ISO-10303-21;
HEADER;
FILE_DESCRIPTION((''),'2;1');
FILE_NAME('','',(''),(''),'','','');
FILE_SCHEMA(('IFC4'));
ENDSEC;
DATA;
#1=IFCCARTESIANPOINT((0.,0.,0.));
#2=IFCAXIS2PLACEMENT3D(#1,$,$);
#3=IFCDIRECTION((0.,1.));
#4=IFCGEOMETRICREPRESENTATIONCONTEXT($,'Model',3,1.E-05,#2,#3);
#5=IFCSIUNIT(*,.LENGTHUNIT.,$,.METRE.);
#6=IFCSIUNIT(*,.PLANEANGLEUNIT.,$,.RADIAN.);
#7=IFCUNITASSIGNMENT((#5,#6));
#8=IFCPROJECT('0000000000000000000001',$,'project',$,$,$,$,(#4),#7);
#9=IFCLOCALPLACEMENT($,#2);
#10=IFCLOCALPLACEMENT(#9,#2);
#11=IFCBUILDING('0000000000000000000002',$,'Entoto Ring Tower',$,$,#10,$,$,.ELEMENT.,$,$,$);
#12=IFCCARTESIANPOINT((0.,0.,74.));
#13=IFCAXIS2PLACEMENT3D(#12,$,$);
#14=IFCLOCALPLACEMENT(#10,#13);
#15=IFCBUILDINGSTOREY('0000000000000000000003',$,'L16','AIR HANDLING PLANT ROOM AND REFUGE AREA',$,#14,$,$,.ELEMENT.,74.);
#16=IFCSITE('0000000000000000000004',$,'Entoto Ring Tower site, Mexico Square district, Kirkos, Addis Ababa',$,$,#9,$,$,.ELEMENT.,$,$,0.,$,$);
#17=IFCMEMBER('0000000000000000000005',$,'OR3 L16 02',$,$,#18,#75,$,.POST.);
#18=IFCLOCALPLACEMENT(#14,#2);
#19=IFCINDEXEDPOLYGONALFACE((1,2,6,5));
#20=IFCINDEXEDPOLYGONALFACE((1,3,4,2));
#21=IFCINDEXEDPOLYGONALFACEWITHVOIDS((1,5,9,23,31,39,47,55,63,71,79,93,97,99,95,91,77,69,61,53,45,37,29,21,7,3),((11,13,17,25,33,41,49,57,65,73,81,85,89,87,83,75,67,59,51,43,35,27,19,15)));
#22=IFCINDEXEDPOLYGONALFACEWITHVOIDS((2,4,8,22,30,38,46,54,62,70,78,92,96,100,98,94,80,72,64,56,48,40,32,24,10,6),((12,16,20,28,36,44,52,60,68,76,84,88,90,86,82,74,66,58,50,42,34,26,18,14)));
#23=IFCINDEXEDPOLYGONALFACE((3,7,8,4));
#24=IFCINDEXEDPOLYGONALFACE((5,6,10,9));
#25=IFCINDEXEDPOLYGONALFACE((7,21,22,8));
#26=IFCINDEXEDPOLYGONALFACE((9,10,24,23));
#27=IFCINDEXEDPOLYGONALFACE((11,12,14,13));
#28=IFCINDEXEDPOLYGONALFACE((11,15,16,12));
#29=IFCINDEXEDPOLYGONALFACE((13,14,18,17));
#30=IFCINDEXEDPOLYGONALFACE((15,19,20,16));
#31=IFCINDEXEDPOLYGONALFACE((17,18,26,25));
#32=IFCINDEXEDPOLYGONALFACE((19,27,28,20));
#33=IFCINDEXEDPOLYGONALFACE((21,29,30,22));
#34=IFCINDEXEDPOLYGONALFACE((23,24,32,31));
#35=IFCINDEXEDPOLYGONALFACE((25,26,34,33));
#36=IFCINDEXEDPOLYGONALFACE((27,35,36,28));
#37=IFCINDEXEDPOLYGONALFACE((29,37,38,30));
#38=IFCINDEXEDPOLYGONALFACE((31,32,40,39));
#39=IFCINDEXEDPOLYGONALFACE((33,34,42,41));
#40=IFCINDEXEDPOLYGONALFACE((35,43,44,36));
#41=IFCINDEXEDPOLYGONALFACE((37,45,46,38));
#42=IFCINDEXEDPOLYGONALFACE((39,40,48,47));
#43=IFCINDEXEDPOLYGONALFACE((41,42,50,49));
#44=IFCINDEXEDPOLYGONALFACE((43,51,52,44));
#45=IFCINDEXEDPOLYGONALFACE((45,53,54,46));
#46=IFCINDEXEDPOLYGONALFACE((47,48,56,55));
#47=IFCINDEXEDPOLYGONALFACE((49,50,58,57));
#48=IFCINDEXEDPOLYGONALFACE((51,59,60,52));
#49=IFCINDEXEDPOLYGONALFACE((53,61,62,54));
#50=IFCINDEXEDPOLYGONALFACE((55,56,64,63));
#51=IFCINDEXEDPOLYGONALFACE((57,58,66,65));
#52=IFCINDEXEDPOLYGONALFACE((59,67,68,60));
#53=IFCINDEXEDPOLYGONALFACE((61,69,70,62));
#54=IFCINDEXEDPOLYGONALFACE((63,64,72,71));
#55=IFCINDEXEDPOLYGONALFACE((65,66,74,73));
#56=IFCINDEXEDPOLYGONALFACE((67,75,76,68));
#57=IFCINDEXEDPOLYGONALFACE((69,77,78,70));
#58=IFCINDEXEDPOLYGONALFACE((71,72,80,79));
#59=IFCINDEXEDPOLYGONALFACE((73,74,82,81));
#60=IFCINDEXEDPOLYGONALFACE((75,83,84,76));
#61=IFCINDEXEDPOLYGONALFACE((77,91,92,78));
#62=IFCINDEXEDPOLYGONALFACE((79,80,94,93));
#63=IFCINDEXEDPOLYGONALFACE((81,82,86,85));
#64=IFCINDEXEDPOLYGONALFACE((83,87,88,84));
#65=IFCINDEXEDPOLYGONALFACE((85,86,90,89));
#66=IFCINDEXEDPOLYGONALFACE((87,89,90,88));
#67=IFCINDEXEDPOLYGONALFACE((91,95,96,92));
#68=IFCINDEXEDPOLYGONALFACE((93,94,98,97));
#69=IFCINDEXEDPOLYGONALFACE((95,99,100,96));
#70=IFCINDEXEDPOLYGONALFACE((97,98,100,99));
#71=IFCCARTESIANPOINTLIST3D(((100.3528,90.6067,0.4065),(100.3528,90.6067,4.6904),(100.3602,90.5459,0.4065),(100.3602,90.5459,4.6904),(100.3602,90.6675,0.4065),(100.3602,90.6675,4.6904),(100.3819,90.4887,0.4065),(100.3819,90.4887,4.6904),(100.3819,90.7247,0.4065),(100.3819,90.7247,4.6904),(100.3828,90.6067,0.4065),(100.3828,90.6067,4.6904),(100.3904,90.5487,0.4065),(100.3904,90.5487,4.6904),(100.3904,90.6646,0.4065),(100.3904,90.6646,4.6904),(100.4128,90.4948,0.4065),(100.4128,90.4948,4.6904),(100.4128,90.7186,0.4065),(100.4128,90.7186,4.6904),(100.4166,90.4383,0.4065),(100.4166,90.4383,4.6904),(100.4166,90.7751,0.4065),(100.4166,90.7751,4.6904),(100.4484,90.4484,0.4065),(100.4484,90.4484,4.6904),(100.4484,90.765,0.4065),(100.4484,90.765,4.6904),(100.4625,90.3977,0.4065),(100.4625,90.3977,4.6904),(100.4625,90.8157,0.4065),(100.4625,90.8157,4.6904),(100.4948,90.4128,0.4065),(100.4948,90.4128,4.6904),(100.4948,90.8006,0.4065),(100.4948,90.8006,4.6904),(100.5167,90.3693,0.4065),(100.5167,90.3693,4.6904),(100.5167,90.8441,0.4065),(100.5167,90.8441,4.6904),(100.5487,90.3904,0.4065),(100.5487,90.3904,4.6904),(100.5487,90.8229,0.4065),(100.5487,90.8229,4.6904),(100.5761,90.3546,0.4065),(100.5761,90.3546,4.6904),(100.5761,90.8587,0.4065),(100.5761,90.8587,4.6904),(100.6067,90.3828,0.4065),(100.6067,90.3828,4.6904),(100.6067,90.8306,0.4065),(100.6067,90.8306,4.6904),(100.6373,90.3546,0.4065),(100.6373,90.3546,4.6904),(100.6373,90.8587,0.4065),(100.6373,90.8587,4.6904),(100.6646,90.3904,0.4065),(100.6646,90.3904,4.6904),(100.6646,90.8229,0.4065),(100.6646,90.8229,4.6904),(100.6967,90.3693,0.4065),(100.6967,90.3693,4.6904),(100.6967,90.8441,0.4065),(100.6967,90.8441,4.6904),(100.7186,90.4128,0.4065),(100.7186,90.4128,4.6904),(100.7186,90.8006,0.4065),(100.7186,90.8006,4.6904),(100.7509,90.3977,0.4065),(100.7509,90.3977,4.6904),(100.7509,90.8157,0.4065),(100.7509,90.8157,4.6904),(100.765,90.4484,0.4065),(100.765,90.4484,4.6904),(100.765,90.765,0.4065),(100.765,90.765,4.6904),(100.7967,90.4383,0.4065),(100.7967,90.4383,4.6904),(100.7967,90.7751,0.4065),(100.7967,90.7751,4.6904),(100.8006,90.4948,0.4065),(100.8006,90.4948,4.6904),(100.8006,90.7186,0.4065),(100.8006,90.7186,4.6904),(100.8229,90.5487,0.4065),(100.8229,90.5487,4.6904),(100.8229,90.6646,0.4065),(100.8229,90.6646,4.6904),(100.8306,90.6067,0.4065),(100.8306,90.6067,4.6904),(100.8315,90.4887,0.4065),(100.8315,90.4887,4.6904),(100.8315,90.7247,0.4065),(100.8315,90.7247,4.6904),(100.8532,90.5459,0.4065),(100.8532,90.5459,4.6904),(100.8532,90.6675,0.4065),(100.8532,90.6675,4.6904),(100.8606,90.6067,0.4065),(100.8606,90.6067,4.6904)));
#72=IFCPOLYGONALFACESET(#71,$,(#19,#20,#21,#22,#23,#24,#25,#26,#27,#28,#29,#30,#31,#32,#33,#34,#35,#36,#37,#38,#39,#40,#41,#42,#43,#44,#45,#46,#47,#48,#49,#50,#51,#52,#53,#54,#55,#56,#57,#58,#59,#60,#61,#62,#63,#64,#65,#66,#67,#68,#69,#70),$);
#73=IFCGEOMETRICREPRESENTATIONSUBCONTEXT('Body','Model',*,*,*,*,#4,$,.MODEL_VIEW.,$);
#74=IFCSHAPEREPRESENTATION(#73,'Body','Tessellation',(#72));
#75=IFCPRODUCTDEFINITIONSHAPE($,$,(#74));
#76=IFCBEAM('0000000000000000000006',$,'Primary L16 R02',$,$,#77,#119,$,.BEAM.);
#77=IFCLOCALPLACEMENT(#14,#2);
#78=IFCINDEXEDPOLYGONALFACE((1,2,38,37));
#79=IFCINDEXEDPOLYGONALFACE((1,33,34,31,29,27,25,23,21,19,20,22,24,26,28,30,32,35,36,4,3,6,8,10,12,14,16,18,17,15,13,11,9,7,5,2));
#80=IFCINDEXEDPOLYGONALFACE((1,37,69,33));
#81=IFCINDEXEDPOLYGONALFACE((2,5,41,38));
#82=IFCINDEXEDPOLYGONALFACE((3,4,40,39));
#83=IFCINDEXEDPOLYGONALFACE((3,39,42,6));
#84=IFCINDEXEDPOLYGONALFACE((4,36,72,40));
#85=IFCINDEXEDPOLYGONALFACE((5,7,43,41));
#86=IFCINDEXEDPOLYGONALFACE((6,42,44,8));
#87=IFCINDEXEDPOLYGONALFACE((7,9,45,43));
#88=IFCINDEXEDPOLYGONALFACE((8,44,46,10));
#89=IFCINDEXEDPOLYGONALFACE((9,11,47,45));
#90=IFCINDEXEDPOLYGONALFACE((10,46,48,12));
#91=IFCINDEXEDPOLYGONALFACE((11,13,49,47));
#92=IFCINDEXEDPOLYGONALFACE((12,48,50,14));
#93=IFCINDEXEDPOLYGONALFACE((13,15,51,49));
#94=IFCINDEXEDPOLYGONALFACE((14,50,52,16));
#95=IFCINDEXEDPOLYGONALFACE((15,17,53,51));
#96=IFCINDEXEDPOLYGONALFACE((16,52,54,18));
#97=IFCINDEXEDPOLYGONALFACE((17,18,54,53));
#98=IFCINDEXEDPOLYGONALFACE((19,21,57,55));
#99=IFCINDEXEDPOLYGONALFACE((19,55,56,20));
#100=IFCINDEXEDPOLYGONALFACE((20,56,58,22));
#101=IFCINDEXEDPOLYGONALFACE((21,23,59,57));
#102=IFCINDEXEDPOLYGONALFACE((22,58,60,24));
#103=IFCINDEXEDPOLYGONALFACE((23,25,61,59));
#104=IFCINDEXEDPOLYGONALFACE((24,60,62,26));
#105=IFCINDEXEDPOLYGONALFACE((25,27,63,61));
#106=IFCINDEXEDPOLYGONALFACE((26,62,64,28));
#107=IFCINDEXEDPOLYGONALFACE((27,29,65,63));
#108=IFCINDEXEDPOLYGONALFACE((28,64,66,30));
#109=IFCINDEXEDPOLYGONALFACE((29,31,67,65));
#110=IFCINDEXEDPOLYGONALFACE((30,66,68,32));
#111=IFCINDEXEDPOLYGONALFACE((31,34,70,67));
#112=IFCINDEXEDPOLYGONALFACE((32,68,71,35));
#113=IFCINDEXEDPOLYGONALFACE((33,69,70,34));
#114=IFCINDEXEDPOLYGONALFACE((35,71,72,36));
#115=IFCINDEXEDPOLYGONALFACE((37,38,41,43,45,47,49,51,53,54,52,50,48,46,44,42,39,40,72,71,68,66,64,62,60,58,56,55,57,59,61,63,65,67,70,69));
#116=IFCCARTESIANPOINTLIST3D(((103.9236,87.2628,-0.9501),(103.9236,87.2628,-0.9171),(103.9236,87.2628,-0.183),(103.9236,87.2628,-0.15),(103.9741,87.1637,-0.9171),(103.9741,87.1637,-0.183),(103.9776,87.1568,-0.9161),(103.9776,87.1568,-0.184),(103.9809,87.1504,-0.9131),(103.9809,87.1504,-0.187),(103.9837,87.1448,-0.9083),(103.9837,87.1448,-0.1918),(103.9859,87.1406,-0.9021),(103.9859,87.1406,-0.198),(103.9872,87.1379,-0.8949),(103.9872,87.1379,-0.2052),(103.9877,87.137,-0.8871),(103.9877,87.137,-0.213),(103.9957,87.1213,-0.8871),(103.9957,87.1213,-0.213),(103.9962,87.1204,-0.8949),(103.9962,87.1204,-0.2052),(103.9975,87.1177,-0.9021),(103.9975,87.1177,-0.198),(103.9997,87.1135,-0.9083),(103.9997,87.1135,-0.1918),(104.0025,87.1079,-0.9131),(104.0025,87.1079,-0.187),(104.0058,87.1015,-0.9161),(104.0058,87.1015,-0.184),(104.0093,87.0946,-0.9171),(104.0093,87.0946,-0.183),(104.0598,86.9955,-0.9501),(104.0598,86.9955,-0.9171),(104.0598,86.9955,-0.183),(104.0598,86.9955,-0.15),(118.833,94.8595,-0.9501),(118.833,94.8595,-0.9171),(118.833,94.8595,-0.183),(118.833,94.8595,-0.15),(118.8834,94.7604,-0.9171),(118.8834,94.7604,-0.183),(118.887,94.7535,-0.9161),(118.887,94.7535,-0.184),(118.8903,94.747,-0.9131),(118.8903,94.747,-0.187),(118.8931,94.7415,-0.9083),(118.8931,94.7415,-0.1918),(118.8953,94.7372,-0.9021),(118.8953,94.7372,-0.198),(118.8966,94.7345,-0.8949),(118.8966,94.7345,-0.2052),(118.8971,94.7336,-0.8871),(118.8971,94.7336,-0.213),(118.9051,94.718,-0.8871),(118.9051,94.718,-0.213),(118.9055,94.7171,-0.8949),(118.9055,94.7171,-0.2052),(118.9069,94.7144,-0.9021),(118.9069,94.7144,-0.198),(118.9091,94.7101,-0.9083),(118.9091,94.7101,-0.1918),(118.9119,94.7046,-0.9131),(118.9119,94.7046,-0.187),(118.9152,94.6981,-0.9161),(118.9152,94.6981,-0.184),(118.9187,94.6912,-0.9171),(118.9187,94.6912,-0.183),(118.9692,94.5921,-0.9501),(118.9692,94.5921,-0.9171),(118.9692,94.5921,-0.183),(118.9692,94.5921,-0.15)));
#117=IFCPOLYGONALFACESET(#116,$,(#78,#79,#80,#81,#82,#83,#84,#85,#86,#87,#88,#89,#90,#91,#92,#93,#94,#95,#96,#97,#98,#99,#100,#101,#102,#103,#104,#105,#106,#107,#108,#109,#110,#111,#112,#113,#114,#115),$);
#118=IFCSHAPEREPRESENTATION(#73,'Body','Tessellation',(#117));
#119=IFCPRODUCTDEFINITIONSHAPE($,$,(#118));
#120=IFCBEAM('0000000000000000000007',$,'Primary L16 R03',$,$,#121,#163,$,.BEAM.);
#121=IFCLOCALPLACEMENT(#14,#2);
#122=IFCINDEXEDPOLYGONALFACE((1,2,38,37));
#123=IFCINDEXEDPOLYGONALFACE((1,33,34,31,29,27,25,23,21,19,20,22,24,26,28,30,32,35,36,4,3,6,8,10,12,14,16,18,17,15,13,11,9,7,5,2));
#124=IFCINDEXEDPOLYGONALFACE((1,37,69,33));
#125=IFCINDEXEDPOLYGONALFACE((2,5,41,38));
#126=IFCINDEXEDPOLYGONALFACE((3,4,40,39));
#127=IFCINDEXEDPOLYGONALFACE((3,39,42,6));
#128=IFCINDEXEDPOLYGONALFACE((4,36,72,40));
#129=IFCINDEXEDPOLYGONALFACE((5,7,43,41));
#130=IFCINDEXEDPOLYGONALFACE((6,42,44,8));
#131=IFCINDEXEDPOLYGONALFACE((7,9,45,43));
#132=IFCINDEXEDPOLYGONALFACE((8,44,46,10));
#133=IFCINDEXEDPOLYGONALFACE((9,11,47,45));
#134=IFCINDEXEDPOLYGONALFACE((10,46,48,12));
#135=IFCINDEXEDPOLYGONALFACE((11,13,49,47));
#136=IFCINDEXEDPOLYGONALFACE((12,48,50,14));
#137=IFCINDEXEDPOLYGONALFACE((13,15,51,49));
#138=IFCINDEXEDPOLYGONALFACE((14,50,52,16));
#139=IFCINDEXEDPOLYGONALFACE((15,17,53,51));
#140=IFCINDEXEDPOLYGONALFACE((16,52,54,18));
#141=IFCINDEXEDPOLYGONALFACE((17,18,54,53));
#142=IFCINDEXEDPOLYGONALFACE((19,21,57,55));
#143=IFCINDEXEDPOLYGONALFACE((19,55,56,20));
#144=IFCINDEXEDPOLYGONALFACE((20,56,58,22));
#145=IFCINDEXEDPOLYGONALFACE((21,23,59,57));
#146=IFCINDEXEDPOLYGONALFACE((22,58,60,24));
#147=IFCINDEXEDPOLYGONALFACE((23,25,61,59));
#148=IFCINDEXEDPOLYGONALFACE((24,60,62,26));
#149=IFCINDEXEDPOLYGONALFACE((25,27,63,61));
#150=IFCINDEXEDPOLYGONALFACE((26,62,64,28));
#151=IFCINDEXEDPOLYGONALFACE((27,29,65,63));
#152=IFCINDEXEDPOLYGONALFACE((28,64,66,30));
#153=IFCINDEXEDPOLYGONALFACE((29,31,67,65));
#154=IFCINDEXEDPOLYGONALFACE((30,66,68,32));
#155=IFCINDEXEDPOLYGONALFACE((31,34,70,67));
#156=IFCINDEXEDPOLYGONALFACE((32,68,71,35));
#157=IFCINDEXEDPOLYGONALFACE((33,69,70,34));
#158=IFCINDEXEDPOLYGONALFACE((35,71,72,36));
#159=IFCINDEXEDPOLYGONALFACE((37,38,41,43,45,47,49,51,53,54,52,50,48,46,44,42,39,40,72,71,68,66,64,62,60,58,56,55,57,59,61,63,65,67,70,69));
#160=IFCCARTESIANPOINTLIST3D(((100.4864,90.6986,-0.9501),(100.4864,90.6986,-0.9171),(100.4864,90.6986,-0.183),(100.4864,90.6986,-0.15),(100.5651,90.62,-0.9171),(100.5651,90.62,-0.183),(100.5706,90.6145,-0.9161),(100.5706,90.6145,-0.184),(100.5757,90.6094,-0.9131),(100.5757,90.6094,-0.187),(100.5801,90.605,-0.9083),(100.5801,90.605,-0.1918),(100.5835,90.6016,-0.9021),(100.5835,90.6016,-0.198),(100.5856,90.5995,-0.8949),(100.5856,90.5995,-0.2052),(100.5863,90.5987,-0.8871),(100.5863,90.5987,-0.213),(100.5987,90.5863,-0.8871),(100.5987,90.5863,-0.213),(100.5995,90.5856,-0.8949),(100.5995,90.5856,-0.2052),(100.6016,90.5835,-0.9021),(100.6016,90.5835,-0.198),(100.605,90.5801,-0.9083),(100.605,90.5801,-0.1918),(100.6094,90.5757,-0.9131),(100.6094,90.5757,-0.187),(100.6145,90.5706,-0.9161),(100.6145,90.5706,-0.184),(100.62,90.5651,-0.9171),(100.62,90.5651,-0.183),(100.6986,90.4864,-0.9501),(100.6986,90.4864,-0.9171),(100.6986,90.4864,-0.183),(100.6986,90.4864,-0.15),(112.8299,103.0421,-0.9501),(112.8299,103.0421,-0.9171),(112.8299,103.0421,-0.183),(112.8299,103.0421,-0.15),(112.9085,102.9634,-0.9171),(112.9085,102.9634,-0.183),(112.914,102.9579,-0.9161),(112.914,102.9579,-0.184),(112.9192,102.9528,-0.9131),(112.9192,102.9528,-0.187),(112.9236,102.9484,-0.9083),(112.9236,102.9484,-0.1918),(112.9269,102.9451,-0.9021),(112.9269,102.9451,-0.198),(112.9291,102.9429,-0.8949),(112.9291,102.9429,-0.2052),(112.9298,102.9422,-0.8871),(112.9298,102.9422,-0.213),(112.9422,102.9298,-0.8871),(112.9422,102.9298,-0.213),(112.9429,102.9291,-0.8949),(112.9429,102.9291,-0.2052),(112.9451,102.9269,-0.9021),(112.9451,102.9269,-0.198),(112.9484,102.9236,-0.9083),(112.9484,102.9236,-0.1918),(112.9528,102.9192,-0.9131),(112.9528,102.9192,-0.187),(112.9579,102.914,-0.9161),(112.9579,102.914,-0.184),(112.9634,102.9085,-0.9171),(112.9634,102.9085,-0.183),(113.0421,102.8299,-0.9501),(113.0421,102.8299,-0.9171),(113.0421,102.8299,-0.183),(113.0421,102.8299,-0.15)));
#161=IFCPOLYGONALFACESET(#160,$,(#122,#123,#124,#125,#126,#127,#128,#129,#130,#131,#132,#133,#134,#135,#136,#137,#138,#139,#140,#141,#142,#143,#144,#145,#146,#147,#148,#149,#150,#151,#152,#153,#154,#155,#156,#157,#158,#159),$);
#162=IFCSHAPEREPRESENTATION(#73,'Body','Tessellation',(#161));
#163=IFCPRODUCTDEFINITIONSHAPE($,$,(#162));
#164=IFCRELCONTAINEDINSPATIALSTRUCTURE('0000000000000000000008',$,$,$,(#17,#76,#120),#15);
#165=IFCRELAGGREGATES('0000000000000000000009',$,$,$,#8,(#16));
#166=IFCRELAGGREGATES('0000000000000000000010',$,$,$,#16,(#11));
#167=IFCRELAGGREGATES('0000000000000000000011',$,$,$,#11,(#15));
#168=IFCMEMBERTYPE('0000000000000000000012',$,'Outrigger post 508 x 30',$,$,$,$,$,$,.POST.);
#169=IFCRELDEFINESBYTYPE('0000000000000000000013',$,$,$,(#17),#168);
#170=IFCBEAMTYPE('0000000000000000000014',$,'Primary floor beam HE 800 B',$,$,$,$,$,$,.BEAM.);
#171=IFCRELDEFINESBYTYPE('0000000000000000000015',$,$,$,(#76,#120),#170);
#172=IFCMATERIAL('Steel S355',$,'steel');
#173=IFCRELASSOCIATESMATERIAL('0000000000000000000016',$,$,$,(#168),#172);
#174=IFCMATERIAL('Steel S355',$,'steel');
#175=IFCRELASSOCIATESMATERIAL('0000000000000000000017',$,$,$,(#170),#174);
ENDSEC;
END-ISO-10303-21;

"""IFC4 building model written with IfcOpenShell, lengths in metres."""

from ifc_helpers import new_model, si_unit, direction, frame, origin, origin_2d, place, context, subcontext, project, spatial, circle, hollow_circle, i_section, extrude, material, material_profile, profile_set, type_object, element, save


model = new_model("IFC4")

# Units and contexts
model_context = context("Model", 3, precision=1e-05, world=origin(), true_north=direction((0.0, 1.0)))
body_context = subcontext(model_context, "Body", "Model", "MODEL_VIEW")
ifc_project = project(units=[si_unit("LENGTHUNIT", "METRE"), si_unit("PLANEANGLEUNIT", "RADIAN")], contexts=[model_context])

# Site, building, storey
site_placement = place(None, origin())
site = spatial("IfcSite", under=ifc_project, at=site_placement, Name="Entoto Ring Tower site, Mexico Square district, Kirkos, Addis Ababa", CompositionType="ELEMENT", RefElevation=0.0)
building_placement = place(site_placement, origin())
building = spatial("IfcBuilding", under=site, at=building_placement, Name="Entoto Ring Tower", CompositionType="ELEMENT")
storey_placement = place(building_placement, frame((0.0, 0.0, 74.0)))
storey = spatial("IfcBuildingStorey", under=building, at=storey_placement, Name="L16", Description="AIR HANDLING PLANT ROOM AND REFUGE AREA", CompositionType="ELEMENT", Elevation=74.0)

# Member
ifc_material_1 = material(Name="Steel S355", Category="steel")
ifc_material_profile_1 = material_profile(ifc_material_1, hollow_circle(Radius=0.2539, WallThickness=0.03, at=origin_2d()), Name="CHS 508 x 30")
ifc_material_2 = material(Name="Concrete C60/75", Category="concrete")
ifc_material_profile_2 = material_profile(ifc_material_2, circle(Radius=0.2241, at=origin_2d()), Name="Concrete C60/75 infill")
ifc_profile_set_1 = profile_set([ifc_material_profile_1, ifc_material_profile_2], Name="Steel S355")
member_type_1 = type_object("IfcMemberType", Name="Outrigger post 508 x 30", PredefinedType="POST", material=ifc_profile_set_1)
member_1_placement = place(storey_placement, frame((100.6067, 90.6067, 0.4065), z_axis=(0.0, 0.0, 1.0), x_axis=(1.0, 0.0, 0.0)))
element("IfcMember", 1, at=member_1_placement, inside=storey, type_object=member_type_1, Name="OR3 L16 02", PredefinedType="POST", context=body_context, shape_type="SweptSolid", body=[
    extrude(hollow_circle(Radius=0.2539, WallThickness=0.03, at=origin_2d()), origin(), (0.0, 0.0, 1.0), 4.2839),
])

# Beams
ifc_material_3 = material(Name="Steel S355", Category="steel")
ifc_material_profile_3 = material_profile(ifc_material_3, i_section(OverallWidth=0.3, OverallDepth=0.8, WebThickness=0.0176, FlangeThickness=0.033, FilletRadius=0.03, at=origin_2d()), Name="HE 800 B")
ifc_profile_set_2 = profile_set([ifc_material_profile_3], Name="Steel S355")
beam_type_1 = type_object("IfcBeamType", Name="Primary floor beam HE 800 B", PredefinedType="BEAM", material=ifc_profile_set_2)
beam_1_placement = place(storey_placement, frame((103.9917, 87.1292, -0.55), z_axis=(0.891008, 0.453988, 0.0), x_axis=(-0.453988, 0.891008, 0.0)))
element("IfcBeam", 2, at=beam_1_placement, inside=storey, type_object=beam_type_1, Name="Primary L16 R02", PredefinedType="BEAM", context=body_context, shape_type="SweptSolid", body=[
    extrude(i_section(OverallWidth=0.3, OverallDepth=0.8, WebThickness=0.0176, FlangeThickness=0.033, FilletRadius=0.03, at=origin_2d()), origin(), (0.0, 0.0, 1.0), 16.7332),
])
beam_2_placement = place(storey_placement, frame((100.5925, 90.5925, -0.55), z_axis=(0.707107, 0.707107, 0.0), x_axis=(-0.707107, 0.707107, 0.0)))
element("IfcBeam", 3, at=beam_2_placement, inside=storey, type_object=beam_type_1, Name="Primary L16 R03", PredefinedType="BEAM", context=body_context, shape_type="SweptSolid", body=[
    extrude(i_section(OverallWidth=0.3, OverallDepth=0.8, WebThickness=0.0176, FlangeThickness=0.033, FilletRadius=0.03, at=origin_2d()), origin(), (0.0, 0.0, 1.0), 17.4563),
])

save(model, "model.ifc")
